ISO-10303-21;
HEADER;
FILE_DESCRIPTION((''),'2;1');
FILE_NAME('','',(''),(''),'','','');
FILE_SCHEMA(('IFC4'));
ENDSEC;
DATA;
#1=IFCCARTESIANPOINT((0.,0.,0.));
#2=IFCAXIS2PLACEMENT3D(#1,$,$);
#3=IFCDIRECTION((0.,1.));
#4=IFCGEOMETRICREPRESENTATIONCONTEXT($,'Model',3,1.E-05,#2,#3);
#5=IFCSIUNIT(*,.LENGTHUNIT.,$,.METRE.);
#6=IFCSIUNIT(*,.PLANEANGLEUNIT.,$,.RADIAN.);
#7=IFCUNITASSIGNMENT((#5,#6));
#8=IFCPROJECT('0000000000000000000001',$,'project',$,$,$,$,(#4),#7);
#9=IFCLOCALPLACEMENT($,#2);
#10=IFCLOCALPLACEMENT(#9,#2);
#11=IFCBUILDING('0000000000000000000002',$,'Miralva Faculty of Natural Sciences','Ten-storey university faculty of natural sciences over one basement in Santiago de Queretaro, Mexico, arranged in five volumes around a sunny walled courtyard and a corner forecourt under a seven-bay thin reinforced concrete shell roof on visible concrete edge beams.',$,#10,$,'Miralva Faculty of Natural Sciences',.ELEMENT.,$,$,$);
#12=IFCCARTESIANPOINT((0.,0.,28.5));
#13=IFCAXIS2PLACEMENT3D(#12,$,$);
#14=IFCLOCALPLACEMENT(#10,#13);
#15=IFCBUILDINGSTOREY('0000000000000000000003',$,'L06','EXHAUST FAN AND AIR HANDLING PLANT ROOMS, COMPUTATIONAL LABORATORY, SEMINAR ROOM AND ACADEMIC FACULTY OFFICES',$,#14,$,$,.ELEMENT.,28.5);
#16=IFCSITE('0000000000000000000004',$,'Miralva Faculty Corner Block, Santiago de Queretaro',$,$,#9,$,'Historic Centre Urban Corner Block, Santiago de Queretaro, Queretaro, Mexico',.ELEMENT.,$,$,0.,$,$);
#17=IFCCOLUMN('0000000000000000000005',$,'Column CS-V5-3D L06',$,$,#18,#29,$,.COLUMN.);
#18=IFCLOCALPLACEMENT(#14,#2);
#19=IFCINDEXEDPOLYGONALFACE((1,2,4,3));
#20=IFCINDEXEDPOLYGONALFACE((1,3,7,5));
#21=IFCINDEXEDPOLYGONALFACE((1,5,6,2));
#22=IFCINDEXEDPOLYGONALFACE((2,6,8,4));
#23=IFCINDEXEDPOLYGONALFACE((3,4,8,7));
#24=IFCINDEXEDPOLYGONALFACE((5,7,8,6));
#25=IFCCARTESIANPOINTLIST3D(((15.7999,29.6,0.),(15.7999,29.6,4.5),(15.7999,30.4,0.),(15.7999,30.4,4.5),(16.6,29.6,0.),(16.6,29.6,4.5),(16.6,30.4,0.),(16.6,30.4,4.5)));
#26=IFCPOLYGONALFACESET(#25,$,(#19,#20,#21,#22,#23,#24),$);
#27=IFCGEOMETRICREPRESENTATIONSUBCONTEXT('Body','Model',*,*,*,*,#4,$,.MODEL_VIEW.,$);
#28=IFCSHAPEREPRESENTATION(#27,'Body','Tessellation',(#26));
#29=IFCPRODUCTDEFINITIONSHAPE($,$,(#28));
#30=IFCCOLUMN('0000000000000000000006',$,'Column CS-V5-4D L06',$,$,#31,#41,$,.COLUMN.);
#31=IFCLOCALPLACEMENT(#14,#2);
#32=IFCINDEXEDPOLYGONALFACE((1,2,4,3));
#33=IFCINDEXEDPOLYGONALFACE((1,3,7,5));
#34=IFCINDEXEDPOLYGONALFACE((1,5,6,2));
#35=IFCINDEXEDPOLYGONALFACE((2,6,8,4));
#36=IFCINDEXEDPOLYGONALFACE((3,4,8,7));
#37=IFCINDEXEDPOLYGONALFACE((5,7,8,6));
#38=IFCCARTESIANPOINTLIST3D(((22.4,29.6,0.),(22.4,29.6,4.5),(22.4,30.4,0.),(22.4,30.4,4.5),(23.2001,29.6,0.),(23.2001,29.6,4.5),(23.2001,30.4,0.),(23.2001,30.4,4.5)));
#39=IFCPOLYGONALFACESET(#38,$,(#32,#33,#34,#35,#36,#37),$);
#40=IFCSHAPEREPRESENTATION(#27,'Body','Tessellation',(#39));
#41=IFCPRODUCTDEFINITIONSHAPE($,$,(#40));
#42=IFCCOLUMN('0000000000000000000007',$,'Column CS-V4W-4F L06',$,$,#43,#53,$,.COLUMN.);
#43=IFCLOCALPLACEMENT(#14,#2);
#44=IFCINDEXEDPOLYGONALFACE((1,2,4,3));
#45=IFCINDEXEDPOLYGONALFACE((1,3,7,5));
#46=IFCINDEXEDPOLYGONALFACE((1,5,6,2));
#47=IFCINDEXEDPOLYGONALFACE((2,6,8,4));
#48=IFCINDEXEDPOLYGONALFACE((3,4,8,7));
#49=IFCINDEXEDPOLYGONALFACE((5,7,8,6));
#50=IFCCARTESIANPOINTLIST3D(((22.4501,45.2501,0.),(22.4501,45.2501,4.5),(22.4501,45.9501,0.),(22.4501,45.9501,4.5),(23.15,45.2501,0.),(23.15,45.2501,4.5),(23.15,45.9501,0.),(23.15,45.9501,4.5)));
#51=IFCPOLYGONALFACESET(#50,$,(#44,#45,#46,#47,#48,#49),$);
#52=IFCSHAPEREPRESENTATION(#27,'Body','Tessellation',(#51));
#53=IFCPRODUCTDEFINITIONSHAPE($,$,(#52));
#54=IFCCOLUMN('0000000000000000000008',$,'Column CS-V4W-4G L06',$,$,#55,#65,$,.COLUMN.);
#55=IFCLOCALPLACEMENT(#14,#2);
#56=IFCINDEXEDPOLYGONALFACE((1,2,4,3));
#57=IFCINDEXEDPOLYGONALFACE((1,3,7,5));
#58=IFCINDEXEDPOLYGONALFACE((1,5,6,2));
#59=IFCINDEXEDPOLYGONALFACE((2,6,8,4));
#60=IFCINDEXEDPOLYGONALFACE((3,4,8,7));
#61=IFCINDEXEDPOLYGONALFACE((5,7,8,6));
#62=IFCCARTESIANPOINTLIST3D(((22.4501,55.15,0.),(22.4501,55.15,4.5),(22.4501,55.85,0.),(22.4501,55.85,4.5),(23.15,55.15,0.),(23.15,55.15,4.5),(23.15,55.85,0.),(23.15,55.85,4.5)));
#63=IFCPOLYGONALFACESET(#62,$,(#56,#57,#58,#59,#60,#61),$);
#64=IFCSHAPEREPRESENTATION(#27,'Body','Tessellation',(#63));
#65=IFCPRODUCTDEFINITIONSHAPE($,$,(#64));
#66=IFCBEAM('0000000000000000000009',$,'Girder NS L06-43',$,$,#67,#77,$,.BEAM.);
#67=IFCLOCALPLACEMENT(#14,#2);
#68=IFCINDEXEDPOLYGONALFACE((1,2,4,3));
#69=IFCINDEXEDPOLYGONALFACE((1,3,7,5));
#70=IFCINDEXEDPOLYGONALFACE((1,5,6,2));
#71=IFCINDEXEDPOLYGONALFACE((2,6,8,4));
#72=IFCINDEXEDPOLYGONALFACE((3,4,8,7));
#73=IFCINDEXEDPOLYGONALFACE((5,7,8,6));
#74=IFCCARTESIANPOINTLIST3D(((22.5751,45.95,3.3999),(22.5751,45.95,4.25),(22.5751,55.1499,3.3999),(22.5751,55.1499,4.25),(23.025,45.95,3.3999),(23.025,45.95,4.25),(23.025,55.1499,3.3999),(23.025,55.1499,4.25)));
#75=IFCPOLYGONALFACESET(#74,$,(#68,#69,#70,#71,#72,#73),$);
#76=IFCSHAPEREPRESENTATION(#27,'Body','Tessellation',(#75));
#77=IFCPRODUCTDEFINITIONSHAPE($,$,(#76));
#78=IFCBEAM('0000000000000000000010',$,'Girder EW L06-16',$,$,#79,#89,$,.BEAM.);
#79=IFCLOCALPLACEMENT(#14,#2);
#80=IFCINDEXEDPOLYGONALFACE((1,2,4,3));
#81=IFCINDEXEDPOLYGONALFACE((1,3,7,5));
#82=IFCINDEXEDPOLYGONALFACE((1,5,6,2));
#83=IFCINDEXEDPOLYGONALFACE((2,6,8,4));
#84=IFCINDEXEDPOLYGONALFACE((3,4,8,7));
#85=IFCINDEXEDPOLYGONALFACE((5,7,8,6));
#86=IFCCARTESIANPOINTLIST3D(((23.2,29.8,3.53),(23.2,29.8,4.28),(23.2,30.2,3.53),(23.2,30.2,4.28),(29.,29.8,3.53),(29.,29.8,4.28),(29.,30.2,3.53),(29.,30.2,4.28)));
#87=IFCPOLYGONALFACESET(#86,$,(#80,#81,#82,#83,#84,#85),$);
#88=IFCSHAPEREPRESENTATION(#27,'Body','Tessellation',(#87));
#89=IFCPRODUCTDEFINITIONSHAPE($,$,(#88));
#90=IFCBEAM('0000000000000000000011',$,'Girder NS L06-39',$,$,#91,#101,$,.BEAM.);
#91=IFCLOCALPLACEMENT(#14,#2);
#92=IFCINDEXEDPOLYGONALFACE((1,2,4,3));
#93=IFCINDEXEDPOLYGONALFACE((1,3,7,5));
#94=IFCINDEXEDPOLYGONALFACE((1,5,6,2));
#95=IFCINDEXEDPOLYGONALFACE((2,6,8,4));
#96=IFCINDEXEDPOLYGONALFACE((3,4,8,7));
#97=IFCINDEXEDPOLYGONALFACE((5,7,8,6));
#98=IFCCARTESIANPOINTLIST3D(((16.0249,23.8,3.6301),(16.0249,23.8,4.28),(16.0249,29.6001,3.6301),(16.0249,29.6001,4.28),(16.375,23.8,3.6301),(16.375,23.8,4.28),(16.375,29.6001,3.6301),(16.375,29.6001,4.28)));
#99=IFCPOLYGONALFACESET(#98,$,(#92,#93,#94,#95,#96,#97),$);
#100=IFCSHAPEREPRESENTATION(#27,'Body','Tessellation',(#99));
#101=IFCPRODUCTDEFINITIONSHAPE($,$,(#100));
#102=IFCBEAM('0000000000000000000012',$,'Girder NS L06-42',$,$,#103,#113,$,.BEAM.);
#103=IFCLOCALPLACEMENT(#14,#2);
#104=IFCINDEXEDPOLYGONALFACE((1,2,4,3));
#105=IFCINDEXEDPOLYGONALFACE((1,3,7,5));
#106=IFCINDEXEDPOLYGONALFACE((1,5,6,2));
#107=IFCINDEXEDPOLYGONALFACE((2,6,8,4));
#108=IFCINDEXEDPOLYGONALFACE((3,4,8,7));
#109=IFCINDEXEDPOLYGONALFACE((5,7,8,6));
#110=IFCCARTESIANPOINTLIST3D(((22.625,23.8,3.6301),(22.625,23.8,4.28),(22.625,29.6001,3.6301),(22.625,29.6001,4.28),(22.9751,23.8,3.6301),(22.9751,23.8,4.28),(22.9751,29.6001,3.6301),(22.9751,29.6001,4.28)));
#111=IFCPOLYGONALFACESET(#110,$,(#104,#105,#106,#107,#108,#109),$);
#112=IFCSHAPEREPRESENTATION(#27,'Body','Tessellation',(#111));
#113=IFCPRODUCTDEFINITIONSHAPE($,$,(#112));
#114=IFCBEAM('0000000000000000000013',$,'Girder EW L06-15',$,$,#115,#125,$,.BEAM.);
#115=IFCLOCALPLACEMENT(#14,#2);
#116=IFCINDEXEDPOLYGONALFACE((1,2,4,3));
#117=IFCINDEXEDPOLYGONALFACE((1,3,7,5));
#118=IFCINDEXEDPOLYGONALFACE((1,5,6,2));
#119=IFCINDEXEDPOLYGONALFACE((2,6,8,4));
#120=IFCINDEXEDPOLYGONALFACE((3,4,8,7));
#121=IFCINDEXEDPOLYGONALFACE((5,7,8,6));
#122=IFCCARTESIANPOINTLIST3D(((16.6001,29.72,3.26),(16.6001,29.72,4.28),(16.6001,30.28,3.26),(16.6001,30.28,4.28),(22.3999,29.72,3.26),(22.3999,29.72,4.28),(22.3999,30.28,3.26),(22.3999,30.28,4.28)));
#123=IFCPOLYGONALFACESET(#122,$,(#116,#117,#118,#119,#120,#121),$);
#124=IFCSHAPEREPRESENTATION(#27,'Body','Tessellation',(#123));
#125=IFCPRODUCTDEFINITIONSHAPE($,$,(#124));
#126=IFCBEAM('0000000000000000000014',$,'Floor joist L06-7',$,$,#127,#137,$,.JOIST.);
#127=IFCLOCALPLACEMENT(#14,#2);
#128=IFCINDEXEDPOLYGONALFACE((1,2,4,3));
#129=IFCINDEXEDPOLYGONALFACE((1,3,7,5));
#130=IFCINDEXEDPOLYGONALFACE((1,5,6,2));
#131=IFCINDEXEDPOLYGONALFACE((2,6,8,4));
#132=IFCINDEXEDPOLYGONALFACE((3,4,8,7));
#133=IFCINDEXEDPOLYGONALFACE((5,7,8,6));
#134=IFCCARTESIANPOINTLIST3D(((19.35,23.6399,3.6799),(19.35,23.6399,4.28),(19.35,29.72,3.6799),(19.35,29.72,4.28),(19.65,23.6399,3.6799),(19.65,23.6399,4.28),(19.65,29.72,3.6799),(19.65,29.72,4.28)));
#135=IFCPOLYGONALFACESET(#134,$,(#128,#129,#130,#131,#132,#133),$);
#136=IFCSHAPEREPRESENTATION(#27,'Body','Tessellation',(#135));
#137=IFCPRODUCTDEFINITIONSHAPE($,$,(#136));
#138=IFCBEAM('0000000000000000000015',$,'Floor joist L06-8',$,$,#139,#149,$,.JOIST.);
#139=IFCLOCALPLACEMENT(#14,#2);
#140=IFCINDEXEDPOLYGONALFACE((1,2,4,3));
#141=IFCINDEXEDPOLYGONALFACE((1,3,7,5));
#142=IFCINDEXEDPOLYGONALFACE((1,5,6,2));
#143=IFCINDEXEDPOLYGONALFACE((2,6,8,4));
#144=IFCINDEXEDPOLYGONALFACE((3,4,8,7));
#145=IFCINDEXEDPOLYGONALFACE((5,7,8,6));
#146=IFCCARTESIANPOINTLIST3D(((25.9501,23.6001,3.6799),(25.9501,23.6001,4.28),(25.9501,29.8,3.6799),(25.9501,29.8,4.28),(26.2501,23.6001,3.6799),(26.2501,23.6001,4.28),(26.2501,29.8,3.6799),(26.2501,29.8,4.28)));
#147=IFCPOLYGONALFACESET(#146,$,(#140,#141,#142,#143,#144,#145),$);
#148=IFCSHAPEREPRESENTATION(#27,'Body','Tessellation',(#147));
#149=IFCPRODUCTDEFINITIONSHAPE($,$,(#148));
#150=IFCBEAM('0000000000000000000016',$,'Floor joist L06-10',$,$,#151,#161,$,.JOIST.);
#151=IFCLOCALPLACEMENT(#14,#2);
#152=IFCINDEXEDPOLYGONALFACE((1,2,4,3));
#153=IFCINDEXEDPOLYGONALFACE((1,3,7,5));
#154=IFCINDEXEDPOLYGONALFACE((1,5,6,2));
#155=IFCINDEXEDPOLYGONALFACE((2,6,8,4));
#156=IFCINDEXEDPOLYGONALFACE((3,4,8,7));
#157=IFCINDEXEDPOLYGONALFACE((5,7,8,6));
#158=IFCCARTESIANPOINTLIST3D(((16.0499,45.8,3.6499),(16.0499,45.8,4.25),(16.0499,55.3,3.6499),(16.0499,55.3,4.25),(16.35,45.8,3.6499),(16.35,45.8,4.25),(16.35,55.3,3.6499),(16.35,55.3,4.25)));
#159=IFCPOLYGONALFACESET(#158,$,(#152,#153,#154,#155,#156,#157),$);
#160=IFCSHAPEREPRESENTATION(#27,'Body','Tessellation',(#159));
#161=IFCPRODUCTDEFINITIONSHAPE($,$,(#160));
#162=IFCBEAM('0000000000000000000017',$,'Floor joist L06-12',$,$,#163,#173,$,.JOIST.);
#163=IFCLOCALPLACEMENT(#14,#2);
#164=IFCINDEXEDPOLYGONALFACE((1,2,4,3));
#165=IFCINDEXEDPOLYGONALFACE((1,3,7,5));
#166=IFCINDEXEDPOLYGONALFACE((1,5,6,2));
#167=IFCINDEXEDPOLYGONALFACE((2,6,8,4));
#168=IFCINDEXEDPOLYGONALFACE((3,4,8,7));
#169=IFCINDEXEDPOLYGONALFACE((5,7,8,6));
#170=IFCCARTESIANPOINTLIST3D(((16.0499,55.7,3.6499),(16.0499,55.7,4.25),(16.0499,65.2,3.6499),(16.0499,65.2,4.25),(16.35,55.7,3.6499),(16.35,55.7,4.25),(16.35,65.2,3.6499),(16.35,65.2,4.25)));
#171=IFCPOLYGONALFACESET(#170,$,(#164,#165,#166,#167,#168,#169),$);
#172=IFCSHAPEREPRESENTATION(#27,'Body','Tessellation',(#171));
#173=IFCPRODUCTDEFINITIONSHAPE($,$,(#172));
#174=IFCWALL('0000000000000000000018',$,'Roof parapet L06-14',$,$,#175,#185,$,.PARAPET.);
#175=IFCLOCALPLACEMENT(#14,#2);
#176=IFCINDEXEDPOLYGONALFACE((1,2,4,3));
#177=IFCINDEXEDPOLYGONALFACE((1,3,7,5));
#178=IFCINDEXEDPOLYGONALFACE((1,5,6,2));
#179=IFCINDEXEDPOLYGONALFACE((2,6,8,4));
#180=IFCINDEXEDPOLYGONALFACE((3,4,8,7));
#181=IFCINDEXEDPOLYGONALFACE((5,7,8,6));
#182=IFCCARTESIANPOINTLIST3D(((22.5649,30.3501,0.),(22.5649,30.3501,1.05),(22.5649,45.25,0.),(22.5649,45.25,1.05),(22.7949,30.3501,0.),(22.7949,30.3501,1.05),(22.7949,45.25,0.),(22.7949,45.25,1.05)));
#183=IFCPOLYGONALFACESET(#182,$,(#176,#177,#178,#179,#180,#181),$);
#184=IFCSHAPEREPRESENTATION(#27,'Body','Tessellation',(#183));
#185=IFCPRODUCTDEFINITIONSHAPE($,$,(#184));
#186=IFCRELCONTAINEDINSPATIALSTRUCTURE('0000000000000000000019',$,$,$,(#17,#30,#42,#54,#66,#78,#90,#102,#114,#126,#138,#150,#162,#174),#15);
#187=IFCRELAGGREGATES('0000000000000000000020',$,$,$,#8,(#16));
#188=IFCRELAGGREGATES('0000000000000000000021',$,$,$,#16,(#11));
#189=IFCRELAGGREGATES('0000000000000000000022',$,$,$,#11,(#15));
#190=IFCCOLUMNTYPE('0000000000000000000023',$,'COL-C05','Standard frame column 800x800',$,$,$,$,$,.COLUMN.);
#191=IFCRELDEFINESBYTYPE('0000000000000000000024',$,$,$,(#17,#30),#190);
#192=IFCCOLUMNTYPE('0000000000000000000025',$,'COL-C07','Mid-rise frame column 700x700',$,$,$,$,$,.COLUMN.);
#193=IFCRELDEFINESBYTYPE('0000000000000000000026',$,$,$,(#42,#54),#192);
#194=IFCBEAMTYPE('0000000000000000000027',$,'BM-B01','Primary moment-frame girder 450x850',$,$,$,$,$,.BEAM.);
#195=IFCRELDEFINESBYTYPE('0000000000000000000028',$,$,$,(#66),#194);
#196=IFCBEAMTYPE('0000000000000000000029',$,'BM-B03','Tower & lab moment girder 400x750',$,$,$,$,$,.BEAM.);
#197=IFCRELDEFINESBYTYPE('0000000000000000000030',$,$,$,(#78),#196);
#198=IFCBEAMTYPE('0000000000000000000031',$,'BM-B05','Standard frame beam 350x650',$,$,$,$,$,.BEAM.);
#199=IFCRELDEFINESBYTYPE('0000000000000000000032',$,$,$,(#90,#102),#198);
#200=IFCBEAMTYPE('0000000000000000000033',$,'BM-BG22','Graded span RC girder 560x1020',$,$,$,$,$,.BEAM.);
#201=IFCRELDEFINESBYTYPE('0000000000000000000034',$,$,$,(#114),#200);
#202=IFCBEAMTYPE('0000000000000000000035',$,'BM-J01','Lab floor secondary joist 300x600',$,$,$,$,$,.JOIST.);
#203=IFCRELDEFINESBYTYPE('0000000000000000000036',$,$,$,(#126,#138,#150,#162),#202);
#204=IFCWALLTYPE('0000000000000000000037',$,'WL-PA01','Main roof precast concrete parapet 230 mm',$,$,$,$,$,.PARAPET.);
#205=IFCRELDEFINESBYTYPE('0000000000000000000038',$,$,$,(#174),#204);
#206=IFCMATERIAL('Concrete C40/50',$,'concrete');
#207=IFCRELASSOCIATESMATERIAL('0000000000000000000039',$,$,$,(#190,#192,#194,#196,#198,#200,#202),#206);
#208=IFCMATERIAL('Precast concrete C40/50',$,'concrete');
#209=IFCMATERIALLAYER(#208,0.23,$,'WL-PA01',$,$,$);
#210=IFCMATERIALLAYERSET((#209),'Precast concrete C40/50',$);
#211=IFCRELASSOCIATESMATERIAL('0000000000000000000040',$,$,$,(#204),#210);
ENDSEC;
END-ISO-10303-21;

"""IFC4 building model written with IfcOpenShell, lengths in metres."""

from ifc_helpers import new_model, si_unit, direction, frame, frame_2d, origin, origin_2d, place, context, subcontext, project, spatial, rectangle, extrude, material, layer, layer_set, material_profile, profile_set, type_object, element, save


model = new_model("IFC4")

# Units and contexts
model_context = context("Model", 3, precision=1e-05, world=origin(), true_north=direction((0.0, 1.0)))
body_context = subcontext(model_context, "Body", "Model", "MODEL_VIEW")
ifc_project = project(units=[si_unit("LENGTHUNIT", "METRE"), si_unit("PLANEANGLEUNIT", "RADIAN")], contexts=[model_context])

# Site, building, storey
site_placement = place(None, origin())
site = spatial("IfcSite", under=ifc_project, at=site_placement, Name="Miralva Faculty Corner Block, Santiago de Queretaro", LongName="Historic Centre Urban Corner Block, Santiago de Queretaro, Queretaro, Mexico", CompositionType="ELEMENT", RefElevation=0.0)
building_placement = place(site_placement, origin())
building = spatial("IfcBuilding", under=site, at=building_placement, Name="Miralva Faculty of Natural Sciences", Description="Ten-storey university faculty of natural sciences over one basement in Santiago de Queretaro, Mexico, arranged in five volumes around a sunny walled courtyard and a corner forecourt under a seven-bay thin reinforced concrete shell roof on visible concrete edge beams.", LongName="Miralva Faculty of Natural Sciences", CompositionType="ELEMENT")
storey_placement = place(building_placement, frame((0.0, 0.0, 28.5)))
storey = spatial("IfcBuildingStorey", under=building, at=storey_placement, Name="L06", Description="EXHAUST FAN AND AIR HANDLING PLANT ROOMS, COMPUTATIONAL LABORATORY, SEMINAR ROOM AND ACADEMIC FACULTY OFFICES", CompositionType="ELEMENT", Elevation=28.5)

# Columns
ifc_material_1 = material(Name="Concrete C40/50", Category="concrete")
ifc_material_profile_1 = material_profile(ifc_material_1, rectangle(XDim=0.8, YDim=0.8, at=origin_2d()), Name="RC 800x800")
ifc_profile_set_1 = profile_set([ifc_material_profile_1], Name="Concrete C40/50")
column_type_1 = type_object("IfcColumnType", Name="COL-C05", Description="Standard frame column 800x800", PredefinedType="COLUMN", material=ifc_profile_set_1)
for number, where, z_axis, x_axis, name in (
    (1, (16.2, 30.0, 0.0), (0.0, 0.0, 1.0), (1.0, 0.0, 0.0), "Column CS-V5-3D L06"),
    (2, (22.8, 30.0, 0.0), (0.0, 0.0, 1.0), (1.0, 0.0, 0.0), "Column CS-V5-4D L06"),
):
    element("IfcColumn", number, at=place(storey_placement, frame(where, z_axis=z_axis, x_axis=x_axis)), inside=storey, type_object=column_type_1, Name=name, PredefinedType="COLUMN", context=body_context, shape_type="SweptSolid", body=[
        extrude(rectangle(XDim=0.8, YDim=0.8, at=origin_2d()), origin(), (0.0, 0.0, 1.0), 4.5),
    ])
ifc_material_profile_2 = material_profile(ifc_material_1, rectangle(XDim=0.7, YDim=0.7, at=origin_2d()), Name="RC 700x700")
ifc_profile_set_2 = profile_set([ifc_material_profile_2], Name="Concrete C40/50")
column_type_2 = type_object("IfcColumnType", Name="COL-C07", Description="Mid-rise frame column 700x700", PredefinedType="COLUMN", material=ifc_profile_set_2)
for number, where, z_axis, x_axis, name in (
    (3, (22.8, 45.6001, 0.0), (0.0, 0.0, 1.0), (1.0, 0.0, 0.0), "Column CS-V4W-4F L06"),
    (4, (22.8, 55.5, 0.0), (0.0, 0.0, 1.0), (1.0, 0.0, 0.0), "Column CS-V4W-4G L06"),
):
    element("IfcColumn", number, at=place(storey_placement, frame(where, z_axis=z_axis, x_axis=x_axis)), inside=storey, type_object=column_type_2, Name=name, PredefinedType="COLUMN", context=body_context, shape_type="SweptSolid", body=[
        extrude(rectangle(XDim=0.7, YDim=0.7, at=origin_2d()), origin(), (0.0, 0.0, 1.0), 4.5),
    ])

# Beams
ifc_material_profile_3 = material_profile(ifc_material_1, rectangle(XDim=0.45, YDim=0.8501, at=origin_2d()), Name="RC 450x850")
ifc_profile_set_3 = profile_set([ifc_material_profile_3], Name="Concrete C40/50")
beam_type_1 = type_object("IfcBeamType", Name="BM-B01", Description="Primary moment-frame girder 450x850", PredefinedType="BEAM", material=ifc_profile_set_3)
beam_1_placement = place(storey_placement, frame((22.8, 45.95, 3.825), z_axis=(0.0, 1.0, 0.0), x_axis=(-1.0, 0.0, 0.0)))
element("IfcBeam", 5, at=beam_1_placement, inside=storey, type_object=beam_type_1, Name="Girder NS L06-43", PredefinedType="BEAM", context=body_context, shape_type="SweptSolid", body=[
    extrude(rectangle(XDim=0.45, YDim=0.8501, at=origin_2d()), origin(), (0.0, 0.0, 1.0), 9.2),
])
ifc_material_profile_4 = material_profile(ifc_material_1, rectangle(XDim=0.3999, YDim=0.75, at=origin_2d()), Name="RC 400x750")
ifc_profile_set_4 = profile_set([ifc_material_profile_4], Name="Concrete C40/50")
beam_type_2 = type_object("IfcBeamType", Name="BM-B03", Description="Tower & lab moment girder 400x750", PredefinedType="BEAM", material=ifc_profile_set_4)
beam_2_placement = place(storey_placement, frame((23.2, 30.0, 3.905), z_axis=(1.0, 0.0, 0.0), x_axis=(0.0, 1.0, 0.0)))
element("IfcBeam", 6, at=beam_2_placement, inside=storey, type_object=beam_type_2, Name="Girder EW L06-16", PredefinedType="BEAM", context=body_context, shape_type="SweptSolid", body=[
    extrude(rectangle(XDim=0.3999, YDim=0.75, at=origin_2d()), origin(), (0.0, 0.0, 1.0), 5.8),
])
ifc_material_profile_5 = material_profile(ifc_material_1, rectangle(XDim=0.3501, YDim=0.6499, at=origin_2d()), Name="RC 350x650")
ifc_profile_set_5 = profile_set([ifc_material_profile_5], Name="Concrete C40/50")
beam_type_3 = type_object("IfcBeamType", Name="BM-B05", Description="Standard frame beam 350x650", PredefinedType="BEAM", material=ifc_profile_set_5)
for number, where, z_axis, x_axis, name in (
    (7, (16.2, 23.8, 3.9551), (0.0, 1.0, 0.0), (-1.0, 0.0, 0.0), "Girder NS L06-39"),
    (8, (22.8, 23.8, 3.9551), (0.0, 1.0, 0.0), (-1.0, 0.0, 0.0), "Girder NS L06-42"),
):
    element("IfcBeam", number, at=place(storey_placement, frame(where, z_axis=z_axis, x_axis=x_axis)), inside=storey, type_object=beam_type_3, Name=name, PredefinedType="BEAM", context=body_context, shape_type="SweptSolid", body=[
        extrude(rectangle(XDim=0.3501, YDim=0.6499, at=origin_2d()), origin(), (0.0, 0.0, 1.0), 5.8),
    ])
ifc_material_profile_6 = material_profile(ifc_material_1, rectangle(XDim=0.5601, YDim=1.02, at=origin_2d()), Name="RC 560x1020")
ifc_profile_set_6 = profile_set([ifc_material_profile_6], Name="Concrete C40/50")
beam_type_4 = type_object("IfcBeamType", Name="BM-BG22", Description="Graded span RC girder 560x1020", PredefinedType="BEAM", material=ifc_profile_set_6)
beam_3_placement = place(storey_placement, frame((16.6001, 30.0, 3.77), z_axis=(1.0, 0.0, 0.0), x_axis=(0.0, 1.0, 0.0)))
element("IfcBeam", 9, at=beam_3_placement, inside=storey, type_object=beam_type_4, Name="Girder EW L06-15", PredefinedType="BEAM", context=body_context, shape_type="SweptSolid", body=[
    extrude(rectangle(XDim=0.5601, YDim=1.02, at=origin_2d()), origin(), (0.0, 0.0, 1.0), 5.7998),
])
ifc_material_profile_7 = material_profile(ifc_material_1, rectangle(XDim=0.3, YDim=0.6001, at=origin_2d()), Name="RC 300x600")
ifc_profile_set_7 = profile_set([ifc_material_profile_7], Name="Concrete C40/50")
beam_type_5 = type_object("IfcBeamType", Name="BM-J01", Description="Lab floor secondary joist 300x600", PredefinedType="JOIST", material=ifc_profile_set_7)
beam_4_placement = place(storey_placement, frame((19.5, 23.6399, 3.98), z_axis=(0.0, 1.0, 0.0), x_axis=(-1.0, 0.0, 0.0)))
element("IfcBeam", 10, at=beam_4_placement, inside=storey, type_object=beam_type_5, Name="Floor joist L06-7", PredefinedType="JOIST", context=body_context, shape_type="SweptSolid", body=[
    extrude(rectangle(XDim=0.3, YDim=0.6001, at=origin_2d()), origin(), (0.0, 0.0, 1.0), 6.0801),
])
beam_5_placement = place(storey_placement, frame((26.1001, 23.6001, 3.98), z_axis=(0.0, 1.0, 0.0), x_axis=(-1.0, 0.0, 0.0)))
element("IfcBeam", 11, at=beam_5_placement, inside=storey, type_object=beam_type_5, Name="Floor joist L06-8", PredefinedType="JOIST", context=body_context, shape_type="SweptSolid", body=[
    extrude(rectangle(XDim=0.3, YDim=0.6001, at=origin_2d()), origin(), (0.0, 0.0, 1.0), 6.2),
])
for number, where, z_axis, x_axis, name in (
    (12, (16.2, 45.8, 3.95), (0.0, 1.0, 0.0), (-1.0, 0.0, 0.0), "Floor joist L06-10"),
    (13, (16.2, 55.7, 3.95), (0.0, 1.0, 0.0), (-1.0, 0.0, 0.0), "Floor joist L06-12"),
):
    element("IfcBeam", number, at=place(storey_placement, frame(where, z_axis=z_axis, x_axis=x_axis)), inside=storey, type_object=beam_type_5, Name=name, PredefinedType="JOIST", context=body_context, shape_type="SweptSolid", body=[
        extrude(rectangle(XDim=0.3, YDim=0.6001, at=origin_2d()), origin(), (0.0, 0.0, 1.0), 9.5),
    ])

# Wall
ifc_material_2 = material(Name="Precast concrete C40/50", Category="concrete")
ifc_layer_1 = layer(ifc_material_2, 0.23, Name="WL-PA01")
ifc_layer_set_1 = layer_set([ifc_layer_1], Name="Precast concrete C40/50")
wall_type_1 = type_object("IfcWallType", Name="WL-PA01", Description="Main roof precast concrete parapet 230 mm", PredefinedType="PARAPET", material=ifc_layer_set_1)
wall_1_placement = place(storey_placement, frame((22.6799, 30.3501, 0.0), z_axis=(0.0, 0.0, 1.0), x_axis=(0.0, 1.0, 0.0)))
element("IfcWall", 14, at=wall_1_placement, inside=storey, type_object=wall_type_1, Name="Roof parapet L06-14", PredefinedType="PARAPET", context=body_context, shape_type="SweptSolid", body=[
    extrude(rectangle(XDim=14.8999, YDim=0.23, at=frame_2d((7.45, 0.0))), origin(), (0.0, 0.0, 1.0), 1.05),
])

save(model, "model.ifc")
